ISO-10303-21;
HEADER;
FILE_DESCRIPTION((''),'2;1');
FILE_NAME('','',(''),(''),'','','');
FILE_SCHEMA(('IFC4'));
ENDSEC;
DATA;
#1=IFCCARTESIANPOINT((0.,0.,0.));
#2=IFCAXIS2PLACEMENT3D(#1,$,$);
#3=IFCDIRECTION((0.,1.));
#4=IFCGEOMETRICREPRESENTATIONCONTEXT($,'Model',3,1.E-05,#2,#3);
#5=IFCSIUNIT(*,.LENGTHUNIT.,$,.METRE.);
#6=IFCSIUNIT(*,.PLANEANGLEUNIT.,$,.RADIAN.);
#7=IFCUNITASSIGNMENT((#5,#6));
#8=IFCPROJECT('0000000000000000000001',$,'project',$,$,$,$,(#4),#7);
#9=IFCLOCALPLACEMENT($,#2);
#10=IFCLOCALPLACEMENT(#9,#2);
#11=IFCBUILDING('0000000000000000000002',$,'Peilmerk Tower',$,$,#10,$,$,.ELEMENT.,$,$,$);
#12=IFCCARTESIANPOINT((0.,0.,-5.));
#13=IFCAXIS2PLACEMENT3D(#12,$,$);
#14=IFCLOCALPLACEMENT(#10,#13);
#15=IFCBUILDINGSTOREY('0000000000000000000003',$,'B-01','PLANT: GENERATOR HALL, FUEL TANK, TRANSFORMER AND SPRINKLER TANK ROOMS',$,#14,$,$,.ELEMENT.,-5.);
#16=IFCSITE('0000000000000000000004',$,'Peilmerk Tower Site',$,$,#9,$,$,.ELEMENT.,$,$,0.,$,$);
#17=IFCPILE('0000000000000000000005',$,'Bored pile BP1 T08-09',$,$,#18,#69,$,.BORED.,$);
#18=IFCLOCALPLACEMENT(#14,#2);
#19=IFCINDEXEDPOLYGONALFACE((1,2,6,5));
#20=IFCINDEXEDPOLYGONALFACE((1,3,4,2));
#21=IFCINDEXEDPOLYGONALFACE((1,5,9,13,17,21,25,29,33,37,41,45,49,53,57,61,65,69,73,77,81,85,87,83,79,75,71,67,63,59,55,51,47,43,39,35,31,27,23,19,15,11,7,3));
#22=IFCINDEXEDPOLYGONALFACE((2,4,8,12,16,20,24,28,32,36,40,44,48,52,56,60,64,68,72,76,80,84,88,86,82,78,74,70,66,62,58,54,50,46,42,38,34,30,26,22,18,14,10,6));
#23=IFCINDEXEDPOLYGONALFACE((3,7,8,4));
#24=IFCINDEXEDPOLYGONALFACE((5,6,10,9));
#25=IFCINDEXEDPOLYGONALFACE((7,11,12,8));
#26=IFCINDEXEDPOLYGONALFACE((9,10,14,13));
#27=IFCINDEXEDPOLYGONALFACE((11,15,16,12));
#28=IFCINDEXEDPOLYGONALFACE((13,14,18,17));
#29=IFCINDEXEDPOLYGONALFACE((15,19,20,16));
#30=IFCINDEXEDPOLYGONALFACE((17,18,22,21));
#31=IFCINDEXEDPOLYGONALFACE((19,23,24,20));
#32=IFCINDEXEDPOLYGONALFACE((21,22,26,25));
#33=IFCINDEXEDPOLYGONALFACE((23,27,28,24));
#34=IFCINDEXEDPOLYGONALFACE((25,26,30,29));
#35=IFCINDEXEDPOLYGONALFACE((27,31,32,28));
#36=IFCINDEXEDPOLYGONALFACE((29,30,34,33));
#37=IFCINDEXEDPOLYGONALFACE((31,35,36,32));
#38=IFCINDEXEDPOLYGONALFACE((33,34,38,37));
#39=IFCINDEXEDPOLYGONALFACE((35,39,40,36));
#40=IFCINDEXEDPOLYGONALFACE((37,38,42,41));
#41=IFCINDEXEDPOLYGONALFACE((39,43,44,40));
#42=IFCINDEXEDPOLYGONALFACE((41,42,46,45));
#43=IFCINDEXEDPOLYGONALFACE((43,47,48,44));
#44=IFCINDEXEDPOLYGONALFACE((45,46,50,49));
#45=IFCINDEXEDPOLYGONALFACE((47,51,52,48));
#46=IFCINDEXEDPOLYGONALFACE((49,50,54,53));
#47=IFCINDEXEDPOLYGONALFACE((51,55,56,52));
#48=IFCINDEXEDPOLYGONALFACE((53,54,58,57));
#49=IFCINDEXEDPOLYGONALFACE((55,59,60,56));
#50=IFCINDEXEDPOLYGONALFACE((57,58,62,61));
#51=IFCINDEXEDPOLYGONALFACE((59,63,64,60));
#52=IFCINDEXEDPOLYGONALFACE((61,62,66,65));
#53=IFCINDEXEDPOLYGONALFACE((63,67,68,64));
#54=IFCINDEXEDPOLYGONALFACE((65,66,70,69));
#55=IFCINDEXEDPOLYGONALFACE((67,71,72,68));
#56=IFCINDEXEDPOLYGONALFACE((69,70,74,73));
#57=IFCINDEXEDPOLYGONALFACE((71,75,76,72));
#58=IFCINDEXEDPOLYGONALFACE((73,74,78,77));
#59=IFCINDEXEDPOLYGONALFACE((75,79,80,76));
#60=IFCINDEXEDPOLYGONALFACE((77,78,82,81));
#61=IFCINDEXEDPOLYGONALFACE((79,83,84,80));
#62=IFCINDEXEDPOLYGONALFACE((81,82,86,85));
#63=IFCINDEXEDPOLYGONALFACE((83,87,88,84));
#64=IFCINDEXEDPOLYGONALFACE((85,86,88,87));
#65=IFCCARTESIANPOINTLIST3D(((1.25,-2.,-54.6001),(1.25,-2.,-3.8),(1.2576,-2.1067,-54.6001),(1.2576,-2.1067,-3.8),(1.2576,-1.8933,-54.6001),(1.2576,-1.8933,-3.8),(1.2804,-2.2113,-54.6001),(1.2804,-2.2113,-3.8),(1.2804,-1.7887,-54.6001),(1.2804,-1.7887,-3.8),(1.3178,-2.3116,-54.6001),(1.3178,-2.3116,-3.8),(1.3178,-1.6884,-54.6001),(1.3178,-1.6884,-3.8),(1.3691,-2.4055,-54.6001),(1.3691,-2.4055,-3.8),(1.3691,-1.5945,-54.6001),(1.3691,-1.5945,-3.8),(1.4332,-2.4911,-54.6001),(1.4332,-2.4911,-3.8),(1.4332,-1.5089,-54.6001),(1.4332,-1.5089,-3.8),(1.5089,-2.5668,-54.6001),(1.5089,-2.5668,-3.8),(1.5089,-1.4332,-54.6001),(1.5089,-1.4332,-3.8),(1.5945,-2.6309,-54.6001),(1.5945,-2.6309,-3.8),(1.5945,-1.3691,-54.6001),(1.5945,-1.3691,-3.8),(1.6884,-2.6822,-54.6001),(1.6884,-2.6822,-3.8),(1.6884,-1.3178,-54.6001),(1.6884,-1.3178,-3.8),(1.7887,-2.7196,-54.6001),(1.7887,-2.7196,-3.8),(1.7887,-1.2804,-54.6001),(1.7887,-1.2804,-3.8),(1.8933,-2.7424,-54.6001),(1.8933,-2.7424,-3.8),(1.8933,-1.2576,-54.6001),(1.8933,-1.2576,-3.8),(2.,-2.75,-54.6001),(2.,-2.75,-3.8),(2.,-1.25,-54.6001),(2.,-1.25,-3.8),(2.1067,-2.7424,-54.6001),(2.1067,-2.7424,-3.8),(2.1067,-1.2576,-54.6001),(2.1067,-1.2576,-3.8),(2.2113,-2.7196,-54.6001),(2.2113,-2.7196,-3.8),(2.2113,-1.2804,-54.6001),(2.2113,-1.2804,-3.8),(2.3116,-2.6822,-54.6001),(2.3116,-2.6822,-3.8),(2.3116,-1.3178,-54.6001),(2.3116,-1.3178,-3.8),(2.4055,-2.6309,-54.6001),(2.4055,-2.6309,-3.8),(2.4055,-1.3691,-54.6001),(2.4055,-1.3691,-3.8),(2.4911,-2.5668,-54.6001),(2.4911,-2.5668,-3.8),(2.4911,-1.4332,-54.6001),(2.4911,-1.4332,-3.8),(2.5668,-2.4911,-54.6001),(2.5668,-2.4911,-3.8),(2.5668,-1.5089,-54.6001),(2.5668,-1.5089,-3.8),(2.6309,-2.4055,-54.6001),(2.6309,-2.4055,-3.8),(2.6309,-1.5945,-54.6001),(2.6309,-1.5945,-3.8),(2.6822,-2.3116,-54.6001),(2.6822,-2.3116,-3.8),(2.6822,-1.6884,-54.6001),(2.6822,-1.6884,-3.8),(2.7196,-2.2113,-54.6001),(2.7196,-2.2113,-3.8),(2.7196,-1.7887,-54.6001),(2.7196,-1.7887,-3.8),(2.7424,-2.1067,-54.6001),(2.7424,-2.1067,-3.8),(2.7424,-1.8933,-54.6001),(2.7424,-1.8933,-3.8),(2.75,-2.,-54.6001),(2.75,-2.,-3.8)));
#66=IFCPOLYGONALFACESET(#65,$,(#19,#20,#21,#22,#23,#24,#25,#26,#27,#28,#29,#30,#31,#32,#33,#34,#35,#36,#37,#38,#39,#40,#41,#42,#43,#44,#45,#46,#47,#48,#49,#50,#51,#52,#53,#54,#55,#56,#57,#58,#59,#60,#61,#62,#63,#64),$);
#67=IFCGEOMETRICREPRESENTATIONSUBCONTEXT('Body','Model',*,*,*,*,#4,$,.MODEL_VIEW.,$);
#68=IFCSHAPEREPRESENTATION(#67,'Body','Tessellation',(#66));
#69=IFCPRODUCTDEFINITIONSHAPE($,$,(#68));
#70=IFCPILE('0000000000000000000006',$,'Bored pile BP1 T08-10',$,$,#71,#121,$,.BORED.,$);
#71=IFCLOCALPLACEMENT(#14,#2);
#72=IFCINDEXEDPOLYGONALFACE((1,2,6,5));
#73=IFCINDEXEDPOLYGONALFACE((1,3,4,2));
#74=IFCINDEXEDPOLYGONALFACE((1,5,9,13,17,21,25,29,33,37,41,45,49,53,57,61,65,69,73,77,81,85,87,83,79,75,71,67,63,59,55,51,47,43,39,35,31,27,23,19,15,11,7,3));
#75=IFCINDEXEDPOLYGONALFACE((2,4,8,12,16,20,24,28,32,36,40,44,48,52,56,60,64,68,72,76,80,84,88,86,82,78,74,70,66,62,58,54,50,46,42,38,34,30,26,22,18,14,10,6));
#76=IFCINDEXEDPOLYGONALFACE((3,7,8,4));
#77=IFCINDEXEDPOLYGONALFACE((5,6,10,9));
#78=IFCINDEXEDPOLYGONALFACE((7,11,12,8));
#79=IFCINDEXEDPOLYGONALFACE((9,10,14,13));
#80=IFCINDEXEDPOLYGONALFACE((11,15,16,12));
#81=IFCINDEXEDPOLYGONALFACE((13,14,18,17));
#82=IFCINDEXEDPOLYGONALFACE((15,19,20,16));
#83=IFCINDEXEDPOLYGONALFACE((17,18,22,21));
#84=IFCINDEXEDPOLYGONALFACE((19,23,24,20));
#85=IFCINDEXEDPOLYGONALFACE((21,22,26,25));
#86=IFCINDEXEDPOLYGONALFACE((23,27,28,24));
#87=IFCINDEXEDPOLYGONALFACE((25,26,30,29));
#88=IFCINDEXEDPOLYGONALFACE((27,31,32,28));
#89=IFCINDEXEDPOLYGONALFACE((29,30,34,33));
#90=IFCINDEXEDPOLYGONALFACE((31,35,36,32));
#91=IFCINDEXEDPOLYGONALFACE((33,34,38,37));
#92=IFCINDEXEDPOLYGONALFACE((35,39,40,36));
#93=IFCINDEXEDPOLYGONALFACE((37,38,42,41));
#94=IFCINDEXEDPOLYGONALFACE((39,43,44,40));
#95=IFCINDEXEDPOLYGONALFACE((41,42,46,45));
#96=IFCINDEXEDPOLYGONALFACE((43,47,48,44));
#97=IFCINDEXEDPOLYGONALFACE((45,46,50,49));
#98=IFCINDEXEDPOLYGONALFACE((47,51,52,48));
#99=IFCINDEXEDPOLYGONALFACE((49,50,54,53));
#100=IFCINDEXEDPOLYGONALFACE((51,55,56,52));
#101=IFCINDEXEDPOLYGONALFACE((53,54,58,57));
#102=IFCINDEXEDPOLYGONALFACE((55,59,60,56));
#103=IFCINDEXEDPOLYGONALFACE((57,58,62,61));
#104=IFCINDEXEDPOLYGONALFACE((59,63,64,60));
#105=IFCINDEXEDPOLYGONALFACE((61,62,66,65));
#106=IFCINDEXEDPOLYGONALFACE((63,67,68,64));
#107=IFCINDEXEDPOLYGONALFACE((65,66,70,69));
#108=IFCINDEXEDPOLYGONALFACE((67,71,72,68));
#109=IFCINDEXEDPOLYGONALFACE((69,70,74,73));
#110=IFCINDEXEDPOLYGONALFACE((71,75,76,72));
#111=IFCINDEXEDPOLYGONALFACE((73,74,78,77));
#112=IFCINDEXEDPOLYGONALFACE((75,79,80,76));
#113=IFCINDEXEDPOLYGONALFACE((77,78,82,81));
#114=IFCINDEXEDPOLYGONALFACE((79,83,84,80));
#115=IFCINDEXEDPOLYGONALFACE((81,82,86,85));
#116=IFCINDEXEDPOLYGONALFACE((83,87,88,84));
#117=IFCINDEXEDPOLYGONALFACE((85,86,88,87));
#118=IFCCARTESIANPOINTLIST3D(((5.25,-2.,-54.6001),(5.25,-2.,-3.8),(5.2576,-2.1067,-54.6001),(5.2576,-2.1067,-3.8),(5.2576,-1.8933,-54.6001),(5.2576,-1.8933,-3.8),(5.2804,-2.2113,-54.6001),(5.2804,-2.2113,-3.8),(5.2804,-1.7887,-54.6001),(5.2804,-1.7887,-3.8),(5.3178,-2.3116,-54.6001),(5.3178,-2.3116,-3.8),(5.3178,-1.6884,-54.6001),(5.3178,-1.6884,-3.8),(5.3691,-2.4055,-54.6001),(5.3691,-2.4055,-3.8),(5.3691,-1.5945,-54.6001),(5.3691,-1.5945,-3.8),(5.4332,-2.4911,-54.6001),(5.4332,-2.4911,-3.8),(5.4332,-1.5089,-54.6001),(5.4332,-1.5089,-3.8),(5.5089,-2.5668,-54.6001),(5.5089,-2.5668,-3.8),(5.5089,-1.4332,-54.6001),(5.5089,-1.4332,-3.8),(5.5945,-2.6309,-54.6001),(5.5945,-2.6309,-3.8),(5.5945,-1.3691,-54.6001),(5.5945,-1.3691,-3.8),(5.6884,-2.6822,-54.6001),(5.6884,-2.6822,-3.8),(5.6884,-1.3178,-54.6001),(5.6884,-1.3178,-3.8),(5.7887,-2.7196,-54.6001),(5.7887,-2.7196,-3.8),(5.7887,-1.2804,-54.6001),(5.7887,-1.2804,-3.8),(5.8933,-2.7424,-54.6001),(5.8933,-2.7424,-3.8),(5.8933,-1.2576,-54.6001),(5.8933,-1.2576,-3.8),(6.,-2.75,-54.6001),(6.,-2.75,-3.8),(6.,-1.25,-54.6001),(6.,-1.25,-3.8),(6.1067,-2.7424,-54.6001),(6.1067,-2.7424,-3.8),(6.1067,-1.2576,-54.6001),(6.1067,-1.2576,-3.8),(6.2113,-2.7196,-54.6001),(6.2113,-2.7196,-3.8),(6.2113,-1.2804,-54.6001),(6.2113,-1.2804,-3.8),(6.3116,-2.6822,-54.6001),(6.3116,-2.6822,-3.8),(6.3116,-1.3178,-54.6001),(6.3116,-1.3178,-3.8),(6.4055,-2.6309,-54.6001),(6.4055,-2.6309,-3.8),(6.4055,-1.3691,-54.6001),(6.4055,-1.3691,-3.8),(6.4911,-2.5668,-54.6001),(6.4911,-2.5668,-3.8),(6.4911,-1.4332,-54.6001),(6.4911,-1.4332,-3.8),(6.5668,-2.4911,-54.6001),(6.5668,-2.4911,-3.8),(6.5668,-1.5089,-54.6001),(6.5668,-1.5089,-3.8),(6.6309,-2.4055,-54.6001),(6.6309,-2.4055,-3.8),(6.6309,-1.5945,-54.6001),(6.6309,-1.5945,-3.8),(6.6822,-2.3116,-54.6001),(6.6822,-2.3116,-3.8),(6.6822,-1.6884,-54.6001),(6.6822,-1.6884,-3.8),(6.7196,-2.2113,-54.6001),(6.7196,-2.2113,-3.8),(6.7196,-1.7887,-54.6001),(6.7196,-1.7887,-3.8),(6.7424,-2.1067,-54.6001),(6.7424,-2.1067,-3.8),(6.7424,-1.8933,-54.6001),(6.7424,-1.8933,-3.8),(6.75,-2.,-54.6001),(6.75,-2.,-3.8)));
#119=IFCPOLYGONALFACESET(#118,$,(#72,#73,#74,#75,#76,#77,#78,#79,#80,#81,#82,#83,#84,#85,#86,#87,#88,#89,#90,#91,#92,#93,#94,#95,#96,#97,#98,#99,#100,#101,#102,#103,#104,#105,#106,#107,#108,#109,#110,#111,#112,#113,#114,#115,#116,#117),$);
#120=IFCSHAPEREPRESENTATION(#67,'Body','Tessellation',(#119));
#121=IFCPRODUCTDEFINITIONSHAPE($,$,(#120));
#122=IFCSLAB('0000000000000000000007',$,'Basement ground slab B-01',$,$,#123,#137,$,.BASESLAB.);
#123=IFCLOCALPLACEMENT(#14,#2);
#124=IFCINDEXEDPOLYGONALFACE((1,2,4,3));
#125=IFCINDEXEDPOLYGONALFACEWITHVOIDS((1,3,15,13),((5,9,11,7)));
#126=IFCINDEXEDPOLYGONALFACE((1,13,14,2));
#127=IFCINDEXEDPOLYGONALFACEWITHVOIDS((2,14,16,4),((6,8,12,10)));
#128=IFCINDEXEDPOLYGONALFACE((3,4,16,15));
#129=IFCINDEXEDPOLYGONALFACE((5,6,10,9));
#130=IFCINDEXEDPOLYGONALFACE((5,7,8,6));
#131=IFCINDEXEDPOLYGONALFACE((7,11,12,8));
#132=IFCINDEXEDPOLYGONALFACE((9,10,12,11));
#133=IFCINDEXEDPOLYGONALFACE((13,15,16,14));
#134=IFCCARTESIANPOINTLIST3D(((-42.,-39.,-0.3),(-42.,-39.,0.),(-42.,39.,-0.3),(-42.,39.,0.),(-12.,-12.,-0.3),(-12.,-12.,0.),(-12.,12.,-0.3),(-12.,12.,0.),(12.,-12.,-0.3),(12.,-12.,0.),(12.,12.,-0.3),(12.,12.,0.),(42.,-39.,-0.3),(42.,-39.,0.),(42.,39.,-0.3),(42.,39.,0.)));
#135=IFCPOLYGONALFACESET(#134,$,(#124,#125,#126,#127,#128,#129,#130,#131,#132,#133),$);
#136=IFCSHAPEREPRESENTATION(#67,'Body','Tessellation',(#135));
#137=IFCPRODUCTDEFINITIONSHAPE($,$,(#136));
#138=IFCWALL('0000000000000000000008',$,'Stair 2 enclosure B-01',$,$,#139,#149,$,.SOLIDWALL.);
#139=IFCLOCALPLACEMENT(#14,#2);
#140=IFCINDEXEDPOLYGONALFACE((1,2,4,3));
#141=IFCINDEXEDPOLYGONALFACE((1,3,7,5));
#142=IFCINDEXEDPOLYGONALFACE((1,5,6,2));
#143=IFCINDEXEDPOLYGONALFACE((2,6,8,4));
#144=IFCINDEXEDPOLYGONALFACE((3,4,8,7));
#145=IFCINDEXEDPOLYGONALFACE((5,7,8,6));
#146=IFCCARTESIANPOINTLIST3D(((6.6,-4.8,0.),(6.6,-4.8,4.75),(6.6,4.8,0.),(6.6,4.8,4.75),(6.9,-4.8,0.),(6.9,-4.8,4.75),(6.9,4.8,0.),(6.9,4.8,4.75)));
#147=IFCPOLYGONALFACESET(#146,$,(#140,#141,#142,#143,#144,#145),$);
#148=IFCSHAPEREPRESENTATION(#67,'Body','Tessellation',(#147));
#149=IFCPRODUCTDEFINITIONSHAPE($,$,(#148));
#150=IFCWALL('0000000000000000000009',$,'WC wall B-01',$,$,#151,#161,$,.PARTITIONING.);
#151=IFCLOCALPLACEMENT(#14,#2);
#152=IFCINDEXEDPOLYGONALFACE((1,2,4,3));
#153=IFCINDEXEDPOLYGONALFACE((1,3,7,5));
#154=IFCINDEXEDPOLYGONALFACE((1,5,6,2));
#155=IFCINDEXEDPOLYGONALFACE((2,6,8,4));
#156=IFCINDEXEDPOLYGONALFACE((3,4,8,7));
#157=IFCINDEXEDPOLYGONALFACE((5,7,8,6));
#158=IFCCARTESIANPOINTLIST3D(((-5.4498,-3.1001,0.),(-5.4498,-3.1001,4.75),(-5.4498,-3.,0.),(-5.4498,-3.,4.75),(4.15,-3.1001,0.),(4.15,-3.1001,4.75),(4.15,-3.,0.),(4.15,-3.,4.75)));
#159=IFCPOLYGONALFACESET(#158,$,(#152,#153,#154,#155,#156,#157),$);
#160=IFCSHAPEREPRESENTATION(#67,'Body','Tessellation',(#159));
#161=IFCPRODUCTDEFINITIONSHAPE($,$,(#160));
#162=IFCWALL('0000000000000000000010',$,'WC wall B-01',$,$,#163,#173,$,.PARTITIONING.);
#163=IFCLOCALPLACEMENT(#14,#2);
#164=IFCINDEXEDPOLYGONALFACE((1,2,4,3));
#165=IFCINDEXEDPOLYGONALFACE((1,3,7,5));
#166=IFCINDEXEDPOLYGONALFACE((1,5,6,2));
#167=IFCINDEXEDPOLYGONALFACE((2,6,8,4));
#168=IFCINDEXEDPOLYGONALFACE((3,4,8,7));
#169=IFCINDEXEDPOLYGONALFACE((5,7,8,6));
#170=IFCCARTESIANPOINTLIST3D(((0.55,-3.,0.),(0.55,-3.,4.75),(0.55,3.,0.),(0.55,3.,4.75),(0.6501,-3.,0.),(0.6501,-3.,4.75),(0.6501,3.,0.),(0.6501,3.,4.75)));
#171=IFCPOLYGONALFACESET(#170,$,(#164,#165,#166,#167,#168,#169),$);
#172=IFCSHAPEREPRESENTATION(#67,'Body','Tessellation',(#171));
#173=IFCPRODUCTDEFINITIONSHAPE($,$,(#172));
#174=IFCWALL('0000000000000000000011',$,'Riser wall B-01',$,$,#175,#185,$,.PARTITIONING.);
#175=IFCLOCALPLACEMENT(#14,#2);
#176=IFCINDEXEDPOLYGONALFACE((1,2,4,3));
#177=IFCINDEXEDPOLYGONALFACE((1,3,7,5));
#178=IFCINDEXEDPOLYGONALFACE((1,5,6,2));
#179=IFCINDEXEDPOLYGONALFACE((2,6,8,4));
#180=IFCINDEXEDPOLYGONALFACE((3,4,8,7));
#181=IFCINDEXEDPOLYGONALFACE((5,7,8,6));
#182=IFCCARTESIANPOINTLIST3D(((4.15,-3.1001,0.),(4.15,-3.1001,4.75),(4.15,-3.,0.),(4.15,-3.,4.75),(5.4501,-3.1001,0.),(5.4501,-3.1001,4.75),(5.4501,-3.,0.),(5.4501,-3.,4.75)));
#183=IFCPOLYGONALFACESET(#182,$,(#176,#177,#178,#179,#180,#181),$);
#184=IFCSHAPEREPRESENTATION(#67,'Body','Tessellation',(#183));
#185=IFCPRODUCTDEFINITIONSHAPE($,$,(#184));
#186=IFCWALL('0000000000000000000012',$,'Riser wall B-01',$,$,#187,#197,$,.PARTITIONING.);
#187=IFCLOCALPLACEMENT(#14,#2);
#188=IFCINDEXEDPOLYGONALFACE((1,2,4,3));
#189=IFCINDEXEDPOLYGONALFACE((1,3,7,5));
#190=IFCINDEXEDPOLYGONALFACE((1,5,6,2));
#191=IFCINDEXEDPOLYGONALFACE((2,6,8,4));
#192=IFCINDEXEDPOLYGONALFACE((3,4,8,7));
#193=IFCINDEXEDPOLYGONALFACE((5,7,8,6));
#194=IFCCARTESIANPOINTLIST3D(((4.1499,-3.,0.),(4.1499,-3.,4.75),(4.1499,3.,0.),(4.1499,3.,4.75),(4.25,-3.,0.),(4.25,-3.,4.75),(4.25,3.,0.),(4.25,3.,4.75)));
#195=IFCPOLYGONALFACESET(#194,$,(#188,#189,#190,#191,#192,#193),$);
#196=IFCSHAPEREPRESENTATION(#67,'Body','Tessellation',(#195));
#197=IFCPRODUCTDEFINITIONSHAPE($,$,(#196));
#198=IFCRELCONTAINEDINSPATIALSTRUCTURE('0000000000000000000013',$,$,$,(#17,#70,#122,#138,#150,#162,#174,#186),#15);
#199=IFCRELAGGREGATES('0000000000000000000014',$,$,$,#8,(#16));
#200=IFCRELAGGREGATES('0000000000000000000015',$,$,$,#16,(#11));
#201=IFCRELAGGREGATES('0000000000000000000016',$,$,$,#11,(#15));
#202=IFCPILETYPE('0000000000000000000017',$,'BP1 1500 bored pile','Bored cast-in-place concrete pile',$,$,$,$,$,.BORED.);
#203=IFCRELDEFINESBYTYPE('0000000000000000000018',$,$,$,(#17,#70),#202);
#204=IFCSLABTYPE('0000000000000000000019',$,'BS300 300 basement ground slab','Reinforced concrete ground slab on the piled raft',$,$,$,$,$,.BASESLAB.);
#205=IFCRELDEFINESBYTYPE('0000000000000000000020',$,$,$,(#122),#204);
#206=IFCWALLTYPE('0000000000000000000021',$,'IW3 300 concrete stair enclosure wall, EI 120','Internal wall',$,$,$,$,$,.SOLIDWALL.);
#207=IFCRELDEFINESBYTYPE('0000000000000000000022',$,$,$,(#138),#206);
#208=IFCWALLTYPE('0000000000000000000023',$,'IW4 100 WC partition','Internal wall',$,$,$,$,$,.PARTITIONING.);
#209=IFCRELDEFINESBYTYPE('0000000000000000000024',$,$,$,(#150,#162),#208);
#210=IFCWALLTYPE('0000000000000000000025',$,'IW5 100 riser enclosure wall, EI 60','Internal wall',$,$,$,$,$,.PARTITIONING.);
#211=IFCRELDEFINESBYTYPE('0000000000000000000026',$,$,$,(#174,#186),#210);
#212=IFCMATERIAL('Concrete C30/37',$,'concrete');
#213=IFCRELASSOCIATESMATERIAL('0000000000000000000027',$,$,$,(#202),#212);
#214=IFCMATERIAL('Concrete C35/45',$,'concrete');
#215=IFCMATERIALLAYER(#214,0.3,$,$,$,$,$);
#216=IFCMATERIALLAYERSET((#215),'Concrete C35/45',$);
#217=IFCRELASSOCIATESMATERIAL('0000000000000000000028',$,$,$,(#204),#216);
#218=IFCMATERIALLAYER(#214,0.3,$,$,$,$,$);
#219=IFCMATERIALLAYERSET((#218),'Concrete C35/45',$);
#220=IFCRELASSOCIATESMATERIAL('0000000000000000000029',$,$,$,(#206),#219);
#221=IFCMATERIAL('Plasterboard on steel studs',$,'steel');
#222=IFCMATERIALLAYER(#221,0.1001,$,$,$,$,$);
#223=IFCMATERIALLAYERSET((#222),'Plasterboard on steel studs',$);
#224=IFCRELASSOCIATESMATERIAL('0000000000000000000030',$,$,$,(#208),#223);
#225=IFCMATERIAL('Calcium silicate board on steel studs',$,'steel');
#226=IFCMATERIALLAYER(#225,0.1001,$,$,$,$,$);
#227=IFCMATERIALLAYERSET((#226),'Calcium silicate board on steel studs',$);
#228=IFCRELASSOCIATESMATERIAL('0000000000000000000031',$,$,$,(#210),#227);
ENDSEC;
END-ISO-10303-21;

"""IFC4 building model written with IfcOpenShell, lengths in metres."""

from ifc_helpers import new_model, si_unit, direction, frame, frame_2d, origin, origin_2d, place, context, subcontext, project, spatial, polyline, rectangle, circle, outline, extrude, material, layer, layer_set, material_profile, profile_set, type_object, element, save


model = new_model("IFC4")

# Units and contexts
model_context = context("Model", 3, precision=1e-05, world=origin(), true_north=direction((0.0, 1.0)))
body_context = subcontext(model_context, "Body", "Model", "MODEL_VIEW")
ifc_project = project(units=[si_unit("LENGTHUNIT", "METRE"), si_unit("PLANEANGLEUNIT", "RADIAN")], contexts=[model_context])

# Site, building, storey
site_placement = place(None, origin())
site = spatial("IfcSite", under=ifc_project, at=site_placement, Name="Peilmerk Tower Site", CompositionType="ELEMENT", RefElevation=0.0)
building_placement = place(site_placement, origin())
building = spatial("IfcBuilding", under=site, at=building_placement, Name="Peilmerk Tower", CompositionType="ELEMENT")
storey_placement = place(building_placement, frame((0.0, 0.0, -5.0)))
storey = spatial("IfcBuildingStorey", under=building, at=storey_placement, Name="B-01", Description="PLANT: GENERATOR HALL, FUEL TANK, TRANSFORMER AND SPRINKLER TANK ROOMS", CompositionType="ELEMENT", Elevation=-5.0)

# Piles
ifc_material_1 = material(Name="Concrete C30/37", Category="concrete")
ifc_material_profile = material_profile(ifc_material_1, circle(Radius=0.75, at=origin_2d()), Name="BP 1500")
ifc_profile_set = profile_set([ifc_material_profile], Name="Concrete C30/37")
pile_type = type_object("IfcPileType", Name="BP1 1500 bored pile", Description="Bored cast-in-place concrete pile", PredefinedType="BORED", material=ifc_profile_set)
for number, where, z_axis, x_axis, name in (
    (1, (2.0, -2.0, -3.8), (0.0, 0.0, -1.0), (1.0, 0.0, 0.0), "Bored pile BP1 T08-09"),
    (2, (6.0, -2.0, -3.8), (0.0, 0.0, -1.0), (1.0, 0.0, 0.0), "Bored pile BP1 T08-10"),
):
    element("IfcPile", number, at=place(storey_placement, frame(where, z_axis=z_axis, x_axis=x_axis)), inside=storey, type_object=pile_type, Name=name, PredefinedType="BORED", context=body_context, shape_type="SweptSolid", body=[
        extrude(circle(Radius=0.75, at=origin_2d()), origin(), (0.0, 0.0, 1.0), 50.8),
    ])

# Slab
ifc_material_2 = material(Name="Concrete C35/45", Category="concrete")
ifc_layer_1 = layer(ifc_material_2, 0.3)
ifc_layer_set_1 = layer_set([ifc_layer_1], Name="Concrete C35/45")
slab_type = type_object("IfcSlabType", Name="BS300 300 basement ground slab", Description="Reinforced concrete ground slab on the piled raft", PredefinedType="BASESLAB", material=ifc_layer_set_1)
slab_placement = place(storey_placement, frame((0.0, 0.0, -0.3)))
element("IfcSlab", 3, at=slab_placement, inside=storey, type_object=slab_type, Name="Basement ground slab B-01", PredefinedType="BASESLAB", context=body_context, shape_type="SweptSolid", body=[
    extrude(outline(polyline([(-42.0, -39.0), (42.0, -39.0), (42.0, 39.0), (-42.0, 39.0), (-42.0, -39.0)]), holes=[polyline([(12.0, 12.0), (12.0, -12.0), (-12.0, -12.0), (-12.0, 12.0), (12.0, 12.0)])]), origin(), (0.0, 0.0, 1.0), 0.3),
])

# Walls
ifc_layer_2 = layer(ifc_material_2, 0.3)
ifc_layer_set_2 = layer_set([ifc_layer_2], Name="Concrete C35/45")
wall_type_1 = type_object("IfcWallType", Name="IW3 300 concrete stair enclosure wall, EI 120", Description="Internal wall", PredefinedType="SOLIDWALL", material=ifc_layer_set_2)
wall_1_placement = place(storey_placement, frame((6.75, -4.8, 0.0), z_axis=(0.0, 0.0, 1.0), x_axis=(0.0, 1.0, 0.0)))
element("IfcWall", 4, at=wall_1_placement, inside=storey, type_object=wall_type_1, Name="Stair 2 enclosure B-01", PredefinedType="SOLIDWALL", context=body_context, shape_type="SweptSolid", body=[
    extrude(rectangle(XDim=9.6001, YDim=0.3, at=frame_2d((4.8, 0.0))), origin(), (0.0, 0.0, 1.0), 4.75),
])
ifc_material_3 = material(Name="Plasterboard on steel studs", Category="steel")
ifc_layer_3 = layer(ifc_material_3, 0.1001)
ifc_layer_set_3 = layer_set([ifc_layer_3], Name="Plasterboard on steel studs")
wall_type_2 = type_object("IfcWallType", Name="IW4 100 WC partition", Description="Internal wall", PredefinedType="PARTITIONING", material=ifc_layer_set_3)
wall_2_placement = place(storey_placement, frame((4.1499, -3.05, 0.0), z_axis=(0.0, 0.0, 1.0), x_axis=(-1.0, 0.0, 0.0)))
element("IfcWall", 5, at=wall_2_placement, inside=storey, type_object=wall_type_2, Name="WC wall B-01", PredefinedType="PARTITIONING", context=body_context, shape_type="SweptSolid", body=[
    extrude(rectangle(XDim=9.5999, YDim=0.1001, at=frame_2d((4.7998, 0.0))), origin(), (0.0, 0.0, 1.0), 4.75),
])
wall_3_placement = place(storey_placement, frame((0.6001, -3.0, 0.0), z_axis=(0.0, 0.0, 1.0), x_axis=(0.0, 1.0, 0.0)))
element("IfcWall", 6, at=wall_3_placement, inside=storey, type_object=wall_type_2, Name="WC wall B-01", PredefinedType="PARTITIONING", context=body_context, shape_type="SweptSolid", body=[
    extrude(rectangle(XDim=6.0, YDim=0.1001, at=frame_2d((3.0, 0.0))), origin(), (0.0, 0.0, 1.0), 4.75),
])
ifc_material_4 = material(Name="Calcium silicate board on steel studs", Category="steel")
ifc_layer_4 = layer(ifc_material_4, 0.1001)
ifc_layer_set_4 = layer_set([ifc_layer_4], Name="Calcium silicate board on steel studs")
wall_type_3 = type_object("IfcWallType", Name="IW5 100 riser enclosure wall, EI 60", Description="Internal wall", PredefinedType="PARTITIONING", material=ifc_layer_set_4)
wall_4_placement = place(storey_placement, frame((5.45, -3.05, 0.0), z_axis=(0.0, 0.0, 1.0), x_axis=(-1.0, 0.0, 0.0)))
element("IfcWall", 7, at=wall_4_placement, inside=storey, type_object=wall_type_3, Name="Riser wall B-01", PredefinedType="PARTITIONING", context=body_context, shape_type="SweptSolid", body=[
    extrude(rectangle(XDim=1.3, YDim=0.1001, at=frame_2d((0.6499, 0.0))), origin(), (0.0, 0.0, 1.0), 4.75),
])
wall_5_placement = place(storey_placement, frame((4.2, -3.0, 0.0), z_axis=(0.0, 0.0, 1.0), x_axis=(0.0, 1.0, 0.0)))
element("IfcWall", 8, at=wall_5_placement, inside=storey, type_object=wall_type_3, Name="Riser wall B-01", PredefinedType="PARTITIONING", context=body_context, shape_type="SweptSolid", body=[
    extrude(rectangle(XDim=6.0, YDim=0.1001, at=frame_2d((3.0, 0.0))), origin(), (0.0, 0.0, 1.0), 4.75),
])

save(model, "model.ifc")
